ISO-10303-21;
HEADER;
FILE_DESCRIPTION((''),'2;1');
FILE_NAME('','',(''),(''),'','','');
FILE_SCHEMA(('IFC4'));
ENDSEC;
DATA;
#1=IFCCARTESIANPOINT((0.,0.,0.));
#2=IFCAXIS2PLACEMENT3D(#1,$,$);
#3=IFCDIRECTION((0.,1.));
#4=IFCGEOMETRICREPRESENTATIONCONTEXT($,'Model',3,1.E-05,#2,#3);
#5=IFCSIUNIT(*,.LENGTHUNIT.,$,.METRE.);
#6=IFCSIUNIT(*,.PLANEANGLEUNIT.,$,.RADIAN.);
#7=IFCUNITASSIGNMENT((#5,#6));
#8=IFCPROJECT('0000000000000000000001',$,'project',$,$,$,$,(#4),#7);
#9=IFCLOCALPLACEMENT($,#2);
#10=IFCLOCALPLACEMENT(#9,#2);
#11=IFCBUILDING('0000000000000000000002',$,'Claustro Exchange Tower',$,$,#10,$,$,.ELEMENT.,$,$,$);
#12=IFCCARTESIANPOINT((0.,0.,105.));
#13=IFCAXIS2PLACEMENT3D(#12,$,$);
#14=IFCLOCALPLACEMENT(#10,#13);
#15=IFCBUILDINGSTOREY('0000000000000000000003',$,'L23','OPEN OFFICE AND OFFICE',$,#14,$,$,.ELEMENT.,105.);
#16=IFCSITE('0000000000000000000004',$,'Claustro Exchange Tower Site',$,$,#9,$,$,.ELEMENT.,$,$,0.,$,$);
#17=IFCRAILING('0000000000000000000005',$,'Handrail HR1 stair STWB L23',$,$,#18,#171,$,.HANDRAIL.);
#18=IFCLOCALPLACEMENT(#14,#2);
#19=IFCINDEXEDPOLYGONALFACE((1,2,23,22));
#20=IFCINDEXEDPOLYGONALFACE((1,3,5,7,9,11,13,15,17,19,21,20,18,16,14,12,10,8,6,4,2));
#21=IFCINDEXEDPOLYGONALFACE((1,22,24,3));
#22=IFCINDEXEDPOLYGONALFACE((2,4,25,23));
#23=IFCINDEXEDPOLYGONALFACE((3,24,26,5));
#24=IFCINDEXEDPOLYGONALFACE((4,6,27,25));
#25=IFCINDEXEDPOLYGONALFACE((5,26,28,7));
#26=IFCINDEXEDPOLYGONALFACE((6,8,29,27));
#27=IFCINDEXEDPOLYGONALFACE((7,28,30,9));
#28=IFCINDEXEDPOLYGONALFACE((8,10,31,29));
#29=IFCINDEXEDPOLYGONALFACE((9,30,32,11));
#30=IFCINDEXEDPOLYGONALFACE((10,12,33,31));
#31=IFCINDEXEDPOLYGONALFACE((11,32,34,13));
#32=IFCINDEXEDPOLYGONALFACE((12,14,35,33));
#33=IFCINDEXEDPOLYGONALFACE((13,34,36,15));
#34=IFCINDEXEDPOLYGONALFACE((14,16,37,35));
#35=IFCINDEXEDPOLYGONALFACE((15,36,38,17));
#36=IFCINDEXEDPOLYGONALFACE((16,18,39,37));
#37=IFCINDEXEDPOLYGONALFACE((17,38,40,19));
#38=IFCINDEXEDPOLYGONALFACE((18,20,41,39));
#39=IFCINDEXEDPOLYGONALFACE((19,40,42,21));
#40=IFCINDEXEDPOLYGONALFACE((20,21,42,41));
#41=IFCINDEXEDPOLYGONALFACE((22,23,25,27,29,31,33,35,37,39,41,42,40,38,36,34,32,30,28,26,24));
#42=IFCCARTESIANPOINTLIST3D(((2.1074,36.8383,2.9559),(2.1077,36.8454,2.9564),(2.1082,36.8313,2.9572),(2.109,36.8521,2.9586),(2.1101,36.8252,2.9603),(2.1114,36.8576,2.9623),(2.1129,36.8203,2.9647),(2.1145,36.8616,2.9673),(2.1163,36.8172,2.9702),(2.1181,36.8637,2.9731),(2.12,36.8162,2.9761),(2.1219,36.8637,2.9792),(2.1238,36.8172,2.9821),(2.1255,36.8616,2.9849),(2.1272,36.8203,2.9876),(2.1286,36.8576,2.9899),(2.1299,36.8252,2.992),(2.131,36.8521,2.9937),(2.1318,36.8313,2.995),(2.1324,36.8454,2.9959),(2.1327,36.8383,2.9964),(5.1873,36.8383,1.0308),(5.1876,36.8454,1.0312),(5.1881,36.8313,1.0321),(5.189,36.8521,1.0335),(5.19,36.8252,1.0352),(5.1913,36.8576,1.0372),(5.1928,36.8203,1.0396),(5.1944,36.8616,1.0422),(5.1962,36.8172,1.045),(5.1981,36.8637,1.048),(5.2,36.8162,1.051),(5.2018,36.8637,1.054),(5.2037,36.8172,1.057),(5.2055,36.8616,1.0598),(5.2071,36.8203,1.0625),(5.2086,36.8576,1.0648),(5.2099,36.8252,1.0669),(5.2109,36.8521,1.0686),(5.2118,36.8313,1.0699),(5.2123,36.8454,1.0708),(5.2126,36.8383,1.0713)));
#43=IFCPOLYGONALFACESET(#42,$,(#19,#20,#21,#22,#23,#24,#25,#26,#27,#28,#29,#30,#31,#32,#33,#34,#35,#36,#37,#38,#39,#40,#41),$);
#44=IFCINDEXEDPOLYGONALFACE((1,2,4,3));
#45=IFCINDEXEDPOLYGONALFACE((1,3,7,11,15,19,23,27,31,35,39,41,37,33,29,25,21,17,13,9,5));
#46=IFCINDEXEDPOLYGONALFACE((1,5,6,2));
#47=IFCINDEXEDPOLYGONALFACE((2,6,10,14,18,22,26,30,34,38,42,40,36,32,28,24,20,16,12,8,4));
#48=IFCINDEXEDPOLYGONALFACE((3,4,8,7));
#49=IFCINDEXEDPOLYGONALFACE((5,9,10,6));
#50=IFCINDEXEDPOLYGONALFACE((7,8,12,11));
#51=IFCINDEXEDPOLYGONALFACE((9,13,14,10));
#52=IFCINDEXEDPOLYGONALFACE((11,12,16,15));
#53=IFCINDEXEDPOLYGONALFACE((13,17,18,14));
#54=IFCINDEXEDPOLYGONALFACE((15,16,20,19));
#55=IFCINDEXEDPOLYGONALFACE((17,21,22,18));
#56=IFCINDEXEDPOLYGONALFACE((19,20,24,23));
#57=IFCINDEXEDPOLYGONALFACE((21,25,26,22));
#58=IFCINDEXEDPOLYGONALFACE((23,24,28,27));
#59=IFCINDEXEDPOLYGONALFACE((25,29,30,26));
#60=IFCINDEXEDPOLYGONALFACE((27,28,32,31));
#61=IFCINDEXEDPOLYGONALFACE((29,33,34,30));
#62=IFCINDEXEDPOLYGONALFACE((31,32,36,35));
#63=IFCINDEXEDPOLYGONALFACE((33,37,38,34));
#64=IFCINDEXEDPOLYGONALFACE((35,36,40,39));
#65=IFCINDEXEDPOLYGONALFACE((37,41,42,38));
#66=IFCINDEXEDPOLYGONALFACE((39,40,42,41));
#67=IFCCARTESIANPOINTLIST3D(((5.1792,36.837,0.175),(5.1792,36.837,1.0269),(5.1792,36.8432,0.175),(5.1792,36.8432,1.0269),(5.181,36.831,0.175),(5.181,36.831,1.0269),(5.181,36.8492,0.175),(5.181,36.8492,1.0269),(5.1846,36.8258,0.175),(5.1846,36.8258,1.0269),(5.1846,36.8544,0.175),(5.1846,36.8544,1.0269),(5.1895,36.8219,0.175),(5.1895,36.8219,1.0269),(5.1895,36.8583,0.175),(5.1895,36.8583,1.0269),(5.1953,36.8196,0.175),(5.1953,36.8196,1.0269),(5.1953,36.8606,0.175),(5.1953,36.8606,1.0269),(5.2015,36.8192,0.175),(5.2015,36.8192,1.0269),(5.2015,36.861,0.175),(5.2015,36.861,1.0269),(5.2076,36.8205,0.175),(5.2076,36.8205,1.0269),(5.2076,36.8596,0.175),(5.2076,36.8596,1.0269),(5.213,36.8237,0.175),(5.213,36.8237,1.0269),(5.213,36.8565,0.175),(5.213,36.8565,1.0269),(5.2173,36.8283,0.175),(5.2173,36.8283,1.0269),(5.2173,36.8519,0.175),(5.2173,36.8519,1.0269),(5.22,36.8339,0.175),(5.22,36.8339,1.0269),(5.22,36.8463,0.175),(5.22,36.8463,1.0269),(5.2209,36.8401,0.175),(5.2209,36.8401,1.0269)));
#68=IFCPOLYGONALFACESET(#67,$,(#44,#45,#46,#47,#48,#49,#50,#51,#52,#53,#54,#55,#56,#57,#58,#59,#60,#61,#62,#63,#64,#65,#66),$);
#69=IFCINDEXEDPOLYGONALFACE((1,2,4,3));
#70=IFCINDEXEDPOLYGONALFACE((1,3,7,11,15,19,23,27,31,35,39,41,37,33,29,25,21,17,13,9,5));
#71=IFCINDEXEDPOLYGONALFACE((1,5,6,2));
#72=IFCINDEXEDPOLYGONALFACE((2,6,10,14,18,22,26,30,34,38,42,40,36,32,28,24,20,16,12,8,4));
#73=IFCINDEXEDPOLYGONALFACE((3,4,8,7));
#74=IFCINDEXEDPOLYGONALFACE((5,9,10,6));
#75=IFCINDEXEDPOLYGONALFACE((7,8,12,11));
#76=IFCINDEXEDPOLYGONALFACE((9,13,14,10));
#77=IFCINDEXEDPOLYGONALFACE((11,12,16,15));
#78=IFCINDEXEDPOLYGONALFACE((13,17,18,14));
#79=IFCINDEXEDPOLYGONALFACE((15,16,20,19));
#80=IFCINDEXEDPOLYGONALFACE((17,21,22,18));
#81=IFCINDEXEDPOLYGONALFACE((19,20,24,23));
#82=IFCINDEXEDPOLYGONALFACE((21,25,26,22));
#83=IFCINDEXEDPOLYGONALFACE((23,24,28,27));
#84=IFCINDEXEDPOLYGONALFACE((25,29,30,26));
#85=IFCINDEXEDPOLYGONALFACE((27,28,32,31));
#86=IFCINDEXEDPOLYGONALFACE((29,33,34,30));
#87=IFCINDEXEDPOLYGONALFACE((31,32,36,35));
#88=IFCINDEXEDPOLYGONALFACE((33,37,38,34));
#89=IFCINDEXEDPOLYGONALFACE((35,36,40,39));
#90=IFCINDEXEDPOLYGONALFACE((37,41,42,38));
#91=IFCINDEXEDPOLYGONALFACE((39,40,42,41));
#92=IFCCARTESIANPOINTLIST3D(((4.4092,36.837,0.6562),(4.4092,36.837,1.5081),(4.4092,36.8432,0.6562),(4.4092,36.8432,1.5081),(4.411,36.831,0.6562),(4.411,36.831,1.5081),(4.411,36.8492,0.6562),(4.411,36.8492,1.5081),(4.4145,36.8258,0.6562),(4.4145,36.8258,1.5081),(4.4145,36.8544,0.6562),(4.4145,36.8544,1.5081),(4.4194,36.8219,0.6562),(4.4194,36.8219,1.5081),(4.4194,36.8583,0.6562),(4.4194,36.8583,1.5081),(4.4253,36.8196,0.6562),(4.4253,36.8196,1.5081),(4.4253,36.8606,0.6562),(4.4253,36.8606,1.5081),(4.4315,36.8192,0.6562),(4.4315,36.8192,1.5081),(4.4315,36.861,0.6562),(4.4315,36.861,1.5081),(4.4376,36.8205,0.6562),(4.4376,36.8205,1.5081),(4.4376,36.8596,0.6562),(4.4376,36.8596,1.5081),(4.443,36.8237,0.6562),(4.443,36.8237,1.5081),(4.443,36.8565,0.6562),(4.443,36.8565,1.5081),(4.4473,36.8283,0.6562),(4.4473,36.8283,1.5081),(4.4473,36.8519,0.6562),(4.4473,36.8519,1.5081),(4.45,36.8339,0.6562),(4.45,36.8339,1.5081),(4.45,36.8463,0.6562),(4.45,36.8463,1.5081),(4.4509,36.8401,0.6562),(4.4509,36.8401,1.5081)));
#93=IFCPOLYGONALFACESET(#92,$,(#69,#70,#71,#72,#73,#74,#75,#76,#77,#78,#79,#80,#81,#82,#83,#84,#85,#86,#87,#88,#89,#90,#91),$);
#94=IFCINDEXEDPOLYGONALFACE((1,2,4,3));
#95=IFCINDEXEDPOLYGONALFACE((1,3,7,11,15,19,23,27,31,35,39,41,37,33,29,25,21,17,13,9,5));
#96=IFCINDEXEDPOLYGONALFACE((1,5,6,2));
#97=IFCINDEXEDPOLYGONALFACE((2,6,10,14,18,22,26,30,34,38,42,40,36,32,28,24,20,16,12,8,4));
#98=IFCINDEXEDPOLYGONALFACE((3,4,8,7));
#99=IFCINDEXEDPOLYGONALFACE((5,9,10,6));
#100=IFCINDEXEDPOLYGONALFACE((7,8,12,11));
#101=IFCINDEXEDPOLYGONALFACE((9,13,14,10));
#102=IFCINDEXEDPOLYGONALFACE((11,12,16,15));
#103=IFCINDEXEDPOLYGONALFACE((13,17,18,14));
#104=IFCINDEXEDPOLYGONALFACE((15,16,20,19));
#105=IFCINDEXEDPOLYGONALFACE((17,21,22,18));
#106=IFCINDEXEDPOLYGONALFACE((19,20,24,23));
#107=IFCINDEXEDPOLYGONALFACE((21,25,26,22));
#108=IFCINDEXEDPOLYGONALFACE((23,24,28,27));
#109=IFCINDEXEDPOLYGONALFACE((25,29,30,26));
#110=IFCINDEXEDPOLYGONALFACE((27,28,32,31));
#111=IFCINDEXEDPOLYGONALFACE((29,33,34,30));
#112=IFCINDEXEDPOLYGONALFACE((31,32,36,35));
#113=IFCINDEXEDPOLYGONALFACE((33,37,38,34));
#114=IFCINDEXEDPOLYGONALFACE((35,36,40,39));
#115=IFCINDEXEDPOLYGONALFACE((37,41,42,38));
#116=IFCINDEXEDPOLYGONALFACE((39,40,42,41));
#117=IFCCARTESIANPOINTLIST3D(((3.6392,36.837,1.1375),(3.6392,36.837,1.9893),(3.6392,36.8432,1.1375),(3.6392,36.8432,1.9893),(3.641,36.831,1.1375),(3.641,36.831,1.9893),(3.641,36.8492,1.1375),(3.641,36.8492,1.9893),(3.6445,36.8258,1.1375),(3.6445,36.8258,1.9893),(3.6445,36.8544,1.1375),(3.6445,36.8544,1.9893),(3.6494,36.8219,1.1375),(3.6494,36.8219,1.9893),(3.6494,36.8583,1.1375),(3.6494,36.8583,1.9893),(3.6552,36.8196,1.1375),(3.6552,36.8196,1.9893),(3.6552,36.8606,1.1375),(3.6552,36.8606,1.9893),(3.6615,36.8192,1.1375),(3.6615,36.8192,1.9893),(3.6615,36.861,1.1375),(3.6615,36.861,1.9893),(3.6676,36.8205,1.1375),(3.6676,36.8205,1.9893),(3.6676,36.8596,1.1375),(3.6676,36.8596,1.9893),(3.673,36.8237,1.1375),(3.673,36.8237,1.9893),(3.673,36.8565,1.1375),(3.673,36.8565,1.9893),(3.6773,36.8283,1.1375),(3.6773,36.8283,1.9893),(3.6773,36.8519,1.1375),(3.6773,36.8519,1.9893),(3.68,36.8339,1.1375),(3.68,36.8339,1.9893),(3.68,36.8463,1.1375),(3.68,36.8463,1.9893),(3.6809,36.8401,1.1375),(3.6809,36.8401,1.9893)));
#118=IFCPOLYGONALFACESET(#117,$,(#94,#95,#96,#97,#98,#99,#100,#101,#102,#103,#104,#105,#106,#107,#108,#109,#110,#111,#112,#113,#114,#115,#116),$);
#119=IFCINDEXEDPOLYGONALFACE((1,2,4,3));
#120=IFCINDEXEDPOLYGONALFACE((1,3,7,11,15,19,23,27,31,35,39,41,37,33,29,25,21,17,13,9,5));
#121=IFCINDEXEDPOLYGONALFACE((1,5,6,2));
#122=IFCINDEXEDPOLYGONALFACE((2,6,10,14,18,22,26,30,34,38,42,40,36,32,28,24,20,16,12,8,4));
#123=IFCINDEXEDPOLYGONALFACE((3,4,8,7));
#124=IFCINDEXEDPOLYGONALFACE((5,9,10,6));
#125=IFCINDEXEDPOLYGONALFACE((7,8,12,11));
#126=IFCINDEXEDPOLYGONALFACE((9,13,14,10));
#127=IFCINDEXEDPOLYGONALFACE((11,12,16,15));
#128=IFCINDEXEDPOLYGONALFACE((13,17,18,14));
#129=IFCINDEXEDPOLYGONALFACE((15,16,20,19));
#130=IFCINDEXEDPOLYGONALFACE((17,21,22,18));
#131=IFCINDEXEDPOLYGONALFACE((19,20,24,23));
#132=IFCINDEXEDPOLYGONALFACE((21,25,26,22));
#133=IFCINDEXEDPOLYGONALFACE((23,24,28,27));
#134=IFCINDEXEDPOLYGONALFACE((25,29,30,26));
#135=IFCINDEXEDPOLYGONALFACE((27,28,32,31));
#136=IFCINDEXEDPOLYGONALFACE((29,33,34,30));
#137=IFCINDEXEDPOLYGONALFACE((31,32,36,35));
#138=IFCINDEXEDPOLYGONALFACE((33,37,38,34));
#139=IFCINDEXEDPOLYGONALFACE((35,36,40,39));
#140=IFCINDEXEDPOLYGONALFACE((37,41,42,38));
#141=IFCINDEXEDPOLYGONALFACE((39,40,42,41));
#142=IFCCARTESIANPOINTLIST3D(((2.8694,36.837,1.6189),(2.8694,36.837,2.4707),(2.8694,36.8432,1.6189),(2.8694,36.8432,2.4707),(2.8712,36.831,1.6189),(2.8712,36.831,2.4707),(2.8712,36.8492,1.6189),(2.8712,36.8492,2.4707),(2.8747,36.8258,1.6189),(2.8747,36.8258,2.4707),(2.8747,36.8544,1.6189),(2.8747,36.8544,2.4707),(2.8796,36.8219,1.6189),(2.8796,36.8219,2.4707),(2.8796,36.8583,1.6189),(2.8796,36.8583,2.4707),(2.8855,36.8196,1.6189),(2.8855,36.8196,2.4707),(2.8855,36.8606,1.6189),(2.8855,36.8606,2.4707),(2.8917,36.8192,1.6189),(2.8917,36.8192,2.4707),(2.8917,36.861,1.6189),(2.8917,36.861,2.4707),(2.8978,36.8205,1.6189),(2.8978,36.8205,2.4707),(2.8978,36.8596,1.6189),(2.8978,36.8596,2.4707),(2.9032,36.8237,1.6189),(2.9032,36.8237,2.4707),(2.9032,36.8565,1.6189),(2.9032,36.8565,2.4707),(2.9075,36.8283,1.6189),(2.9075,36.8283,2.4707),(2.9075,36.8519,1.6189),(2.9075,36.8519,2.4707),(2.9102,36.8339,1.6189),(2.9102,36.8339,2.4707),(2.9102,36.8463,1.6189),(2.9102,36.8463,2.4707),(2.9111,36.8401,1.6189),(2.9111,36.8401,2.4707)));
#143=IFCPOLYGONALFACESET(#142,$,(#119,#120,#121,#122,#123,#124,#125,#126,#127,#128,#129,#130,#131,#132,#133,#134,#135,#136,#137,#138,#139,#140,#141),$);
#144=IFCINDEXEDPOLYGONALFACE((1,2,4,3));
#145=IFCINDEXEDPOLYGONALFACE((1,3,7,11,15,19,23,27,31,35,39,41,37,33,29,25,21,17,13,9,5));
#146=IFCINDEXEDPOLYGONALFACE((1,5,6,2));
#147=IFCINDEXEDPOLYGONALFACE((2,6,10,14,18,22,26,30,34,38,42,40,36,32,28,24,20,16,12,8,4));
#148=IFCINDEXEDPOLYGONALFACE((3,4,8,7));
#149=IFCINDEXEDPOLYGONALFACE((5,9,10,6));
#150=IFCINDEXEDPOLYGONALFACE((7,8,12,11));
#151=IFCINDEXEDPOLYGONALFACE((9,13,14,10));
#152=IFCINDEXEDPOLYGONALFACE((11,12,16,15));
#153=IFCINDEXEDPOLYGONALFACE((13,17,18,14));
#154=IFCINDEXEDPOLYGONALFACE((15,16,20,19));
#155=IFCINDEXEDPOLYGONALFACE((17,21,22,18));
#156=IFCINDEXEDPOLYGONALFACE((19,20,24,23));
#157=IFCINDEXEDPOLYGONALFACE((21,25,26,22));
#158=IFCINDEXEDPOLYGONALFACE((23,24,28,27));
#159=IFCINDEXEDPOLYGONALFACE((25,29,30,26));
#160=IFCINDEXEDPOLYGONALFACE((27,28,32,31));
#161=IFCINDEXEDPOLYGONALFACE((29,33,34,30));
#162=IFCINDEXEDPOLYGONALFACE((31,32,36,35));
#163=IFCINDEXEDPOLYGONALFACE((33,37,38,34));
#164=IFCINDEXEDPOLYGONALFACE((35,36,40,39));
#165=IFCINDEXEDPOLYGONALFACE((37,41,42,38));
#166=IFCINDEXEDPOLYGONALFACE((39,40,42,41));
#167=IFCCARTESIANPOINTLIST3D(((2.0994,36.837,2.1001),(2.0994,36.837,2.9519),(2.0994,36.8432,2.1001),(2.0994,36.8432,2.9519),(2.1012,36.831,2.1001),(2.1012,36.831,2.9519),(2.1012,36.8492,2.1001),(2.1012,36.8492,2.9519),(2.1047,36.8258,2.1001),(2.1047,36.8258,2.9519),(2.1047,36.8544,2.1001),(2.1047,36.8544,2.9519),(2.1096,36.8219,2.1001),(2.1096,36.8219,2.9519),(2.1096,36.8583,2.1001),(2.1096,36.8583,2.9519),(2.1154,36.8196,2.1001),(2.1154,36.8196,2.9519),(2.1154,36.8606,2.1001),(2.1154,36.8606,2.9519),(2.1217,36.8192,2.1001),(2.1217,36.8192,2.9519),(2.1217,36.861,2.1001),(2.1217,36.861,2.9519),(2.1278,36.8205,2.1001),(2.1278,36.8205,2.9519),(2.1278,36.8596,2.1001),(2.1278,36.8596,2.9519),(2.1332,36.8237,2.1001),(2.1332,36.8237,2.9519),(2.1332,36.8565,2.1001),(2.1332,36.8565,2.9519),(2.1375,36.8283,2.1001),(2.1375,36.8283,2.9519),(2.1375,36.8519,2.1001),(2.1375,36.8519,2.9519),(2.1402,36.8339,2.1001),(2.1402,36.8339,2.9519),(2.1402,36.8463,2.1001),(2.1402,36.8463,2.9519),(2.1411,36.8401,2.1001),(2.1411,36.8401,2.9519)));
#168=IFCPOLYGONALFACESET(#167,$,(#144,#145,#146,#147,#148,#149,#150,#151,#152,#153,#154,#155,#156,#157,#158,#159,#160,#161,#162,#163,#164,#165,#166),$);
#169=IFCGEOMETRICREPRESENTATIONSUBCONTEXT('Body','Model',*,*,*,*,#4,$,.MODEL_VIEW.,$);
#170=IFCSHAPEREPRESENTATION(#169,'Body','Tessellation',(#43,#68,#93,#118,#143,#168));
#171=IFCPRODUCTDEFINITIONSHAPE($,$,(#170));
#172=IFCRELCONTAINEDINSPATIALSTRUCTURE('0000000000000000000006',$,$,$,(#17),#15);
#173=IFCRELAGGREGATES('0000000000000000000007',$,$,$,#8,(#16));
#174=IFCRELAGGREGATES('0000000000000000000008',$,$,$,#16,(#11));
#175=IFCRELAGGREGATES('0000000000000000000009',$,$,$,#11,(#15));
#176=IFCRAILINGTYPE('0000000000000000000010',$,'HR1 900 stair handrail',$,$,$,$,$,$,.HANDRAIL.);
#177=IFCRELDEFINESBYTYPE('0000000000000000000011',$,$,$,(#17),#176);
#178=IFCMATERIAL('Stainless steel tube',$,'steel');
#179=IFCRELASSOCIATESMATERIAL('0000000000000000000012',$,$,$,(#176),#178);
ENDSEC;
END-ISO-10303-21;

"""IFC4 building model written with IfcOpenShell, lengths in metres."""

from ifc_helpers import new_model, si_unit, direction, frame, origin, origin_2d, place, context, subcontext, project, spatial, circle, extrude, material, type_object, element, save


model = new_model("IFC4")

# Units and contexts
model_context = context("Model", 3, precision=1e-05, world=origin(), true_north=direction((0.0, 1.0)))
body_context = subcontext(model_context, "Body", "Model", "MODEL_VIEW")
ifc_project = project(units=[si_unit("LENGTHUNIT", "METRE"), si_unit("PLANEANGLEUNIT", "RADIAN")], contexts=[model_context])

# Site, building, storey
site_placement = place(None, origin())
site = spatial("IfcSite", under=ifc_project, at=site_placement, Name="Claustro Exchange Tower Site", CompositionType="ELEMENT", RefElevation=0.0)
building_placement = place(site_placement, origin())
building = spatial("IfcBuilding", under=site, at=building_placement, Name="Claustro Exchange Tower", CompositionType="ELEMENT")
storey_placement = place(building_placement, frame((0.0, 0.0, 105.0)))
storey = spatial("IfcBuildingStorey", under=building, at=storey_placement, Name="L23", Description="OPEN OFFICE AND OFFICE", CompositionType="ELEMENT", Elevation=105.0)

# Railing
ifc_material_1 = material(Name="Stainless steel tube", Category="steel")
railing_type_1 = type_object("IfcRailingType", Name="HR1 900 stair handrail", PredefinedType="HANDRAIL", material=ifc_material_1)
railing_1_placement = place(storey_placement, frame((5.2, 36.8401, 0.175)))
element("IfcRailing", 1, at=railing_1_placement, inside=storey, type_object=railing_type_1, Name="Handrail HR1 stair STWB L23", PredefinedType="HANDRAIL", context=body_context, shape_type="SweptSolid", body=[
    extrude(circle(Radius=0.0239, at=origin_2d()), frame((0.0, 0.0, 0.876), z_axis=(-0.847979, 0.0, 0.530029), x_axis=(0.0, -1.0, 0.0)), (0.0, 0.0, 1.0), 3.6321),
    extrude(circle(Radius=0.021, at=origin_2d()), origin(), (0.0, 0.0, 1.0), 0.8518),
    extrude(circle(Radius=0.021, at=origin_2d()), frame((-0.77, 0.0, 0.4812)), (0.0, 0.0, 1.0), 0.8518),
    extrude(circle(Radius=0.021, at=origin_2d()), frame((-1.54, 0.0, 0.9624)), (0.0, 0.0, 1.0), 0.8518),
    extrude(circle(Radius=0.021, at=origin_2d()), frame((-2.3098, 0.0, 1.4438)), (0.0, 0.0, 1.0), 0.8518),
    extrude(circle(Radius=0.021, at=origin_2d()), frame((-3.0798, 0.0, 1.925)), (0.0, 0.0, 1.0), 0.8518),
])

save(model, "model.ifc")
